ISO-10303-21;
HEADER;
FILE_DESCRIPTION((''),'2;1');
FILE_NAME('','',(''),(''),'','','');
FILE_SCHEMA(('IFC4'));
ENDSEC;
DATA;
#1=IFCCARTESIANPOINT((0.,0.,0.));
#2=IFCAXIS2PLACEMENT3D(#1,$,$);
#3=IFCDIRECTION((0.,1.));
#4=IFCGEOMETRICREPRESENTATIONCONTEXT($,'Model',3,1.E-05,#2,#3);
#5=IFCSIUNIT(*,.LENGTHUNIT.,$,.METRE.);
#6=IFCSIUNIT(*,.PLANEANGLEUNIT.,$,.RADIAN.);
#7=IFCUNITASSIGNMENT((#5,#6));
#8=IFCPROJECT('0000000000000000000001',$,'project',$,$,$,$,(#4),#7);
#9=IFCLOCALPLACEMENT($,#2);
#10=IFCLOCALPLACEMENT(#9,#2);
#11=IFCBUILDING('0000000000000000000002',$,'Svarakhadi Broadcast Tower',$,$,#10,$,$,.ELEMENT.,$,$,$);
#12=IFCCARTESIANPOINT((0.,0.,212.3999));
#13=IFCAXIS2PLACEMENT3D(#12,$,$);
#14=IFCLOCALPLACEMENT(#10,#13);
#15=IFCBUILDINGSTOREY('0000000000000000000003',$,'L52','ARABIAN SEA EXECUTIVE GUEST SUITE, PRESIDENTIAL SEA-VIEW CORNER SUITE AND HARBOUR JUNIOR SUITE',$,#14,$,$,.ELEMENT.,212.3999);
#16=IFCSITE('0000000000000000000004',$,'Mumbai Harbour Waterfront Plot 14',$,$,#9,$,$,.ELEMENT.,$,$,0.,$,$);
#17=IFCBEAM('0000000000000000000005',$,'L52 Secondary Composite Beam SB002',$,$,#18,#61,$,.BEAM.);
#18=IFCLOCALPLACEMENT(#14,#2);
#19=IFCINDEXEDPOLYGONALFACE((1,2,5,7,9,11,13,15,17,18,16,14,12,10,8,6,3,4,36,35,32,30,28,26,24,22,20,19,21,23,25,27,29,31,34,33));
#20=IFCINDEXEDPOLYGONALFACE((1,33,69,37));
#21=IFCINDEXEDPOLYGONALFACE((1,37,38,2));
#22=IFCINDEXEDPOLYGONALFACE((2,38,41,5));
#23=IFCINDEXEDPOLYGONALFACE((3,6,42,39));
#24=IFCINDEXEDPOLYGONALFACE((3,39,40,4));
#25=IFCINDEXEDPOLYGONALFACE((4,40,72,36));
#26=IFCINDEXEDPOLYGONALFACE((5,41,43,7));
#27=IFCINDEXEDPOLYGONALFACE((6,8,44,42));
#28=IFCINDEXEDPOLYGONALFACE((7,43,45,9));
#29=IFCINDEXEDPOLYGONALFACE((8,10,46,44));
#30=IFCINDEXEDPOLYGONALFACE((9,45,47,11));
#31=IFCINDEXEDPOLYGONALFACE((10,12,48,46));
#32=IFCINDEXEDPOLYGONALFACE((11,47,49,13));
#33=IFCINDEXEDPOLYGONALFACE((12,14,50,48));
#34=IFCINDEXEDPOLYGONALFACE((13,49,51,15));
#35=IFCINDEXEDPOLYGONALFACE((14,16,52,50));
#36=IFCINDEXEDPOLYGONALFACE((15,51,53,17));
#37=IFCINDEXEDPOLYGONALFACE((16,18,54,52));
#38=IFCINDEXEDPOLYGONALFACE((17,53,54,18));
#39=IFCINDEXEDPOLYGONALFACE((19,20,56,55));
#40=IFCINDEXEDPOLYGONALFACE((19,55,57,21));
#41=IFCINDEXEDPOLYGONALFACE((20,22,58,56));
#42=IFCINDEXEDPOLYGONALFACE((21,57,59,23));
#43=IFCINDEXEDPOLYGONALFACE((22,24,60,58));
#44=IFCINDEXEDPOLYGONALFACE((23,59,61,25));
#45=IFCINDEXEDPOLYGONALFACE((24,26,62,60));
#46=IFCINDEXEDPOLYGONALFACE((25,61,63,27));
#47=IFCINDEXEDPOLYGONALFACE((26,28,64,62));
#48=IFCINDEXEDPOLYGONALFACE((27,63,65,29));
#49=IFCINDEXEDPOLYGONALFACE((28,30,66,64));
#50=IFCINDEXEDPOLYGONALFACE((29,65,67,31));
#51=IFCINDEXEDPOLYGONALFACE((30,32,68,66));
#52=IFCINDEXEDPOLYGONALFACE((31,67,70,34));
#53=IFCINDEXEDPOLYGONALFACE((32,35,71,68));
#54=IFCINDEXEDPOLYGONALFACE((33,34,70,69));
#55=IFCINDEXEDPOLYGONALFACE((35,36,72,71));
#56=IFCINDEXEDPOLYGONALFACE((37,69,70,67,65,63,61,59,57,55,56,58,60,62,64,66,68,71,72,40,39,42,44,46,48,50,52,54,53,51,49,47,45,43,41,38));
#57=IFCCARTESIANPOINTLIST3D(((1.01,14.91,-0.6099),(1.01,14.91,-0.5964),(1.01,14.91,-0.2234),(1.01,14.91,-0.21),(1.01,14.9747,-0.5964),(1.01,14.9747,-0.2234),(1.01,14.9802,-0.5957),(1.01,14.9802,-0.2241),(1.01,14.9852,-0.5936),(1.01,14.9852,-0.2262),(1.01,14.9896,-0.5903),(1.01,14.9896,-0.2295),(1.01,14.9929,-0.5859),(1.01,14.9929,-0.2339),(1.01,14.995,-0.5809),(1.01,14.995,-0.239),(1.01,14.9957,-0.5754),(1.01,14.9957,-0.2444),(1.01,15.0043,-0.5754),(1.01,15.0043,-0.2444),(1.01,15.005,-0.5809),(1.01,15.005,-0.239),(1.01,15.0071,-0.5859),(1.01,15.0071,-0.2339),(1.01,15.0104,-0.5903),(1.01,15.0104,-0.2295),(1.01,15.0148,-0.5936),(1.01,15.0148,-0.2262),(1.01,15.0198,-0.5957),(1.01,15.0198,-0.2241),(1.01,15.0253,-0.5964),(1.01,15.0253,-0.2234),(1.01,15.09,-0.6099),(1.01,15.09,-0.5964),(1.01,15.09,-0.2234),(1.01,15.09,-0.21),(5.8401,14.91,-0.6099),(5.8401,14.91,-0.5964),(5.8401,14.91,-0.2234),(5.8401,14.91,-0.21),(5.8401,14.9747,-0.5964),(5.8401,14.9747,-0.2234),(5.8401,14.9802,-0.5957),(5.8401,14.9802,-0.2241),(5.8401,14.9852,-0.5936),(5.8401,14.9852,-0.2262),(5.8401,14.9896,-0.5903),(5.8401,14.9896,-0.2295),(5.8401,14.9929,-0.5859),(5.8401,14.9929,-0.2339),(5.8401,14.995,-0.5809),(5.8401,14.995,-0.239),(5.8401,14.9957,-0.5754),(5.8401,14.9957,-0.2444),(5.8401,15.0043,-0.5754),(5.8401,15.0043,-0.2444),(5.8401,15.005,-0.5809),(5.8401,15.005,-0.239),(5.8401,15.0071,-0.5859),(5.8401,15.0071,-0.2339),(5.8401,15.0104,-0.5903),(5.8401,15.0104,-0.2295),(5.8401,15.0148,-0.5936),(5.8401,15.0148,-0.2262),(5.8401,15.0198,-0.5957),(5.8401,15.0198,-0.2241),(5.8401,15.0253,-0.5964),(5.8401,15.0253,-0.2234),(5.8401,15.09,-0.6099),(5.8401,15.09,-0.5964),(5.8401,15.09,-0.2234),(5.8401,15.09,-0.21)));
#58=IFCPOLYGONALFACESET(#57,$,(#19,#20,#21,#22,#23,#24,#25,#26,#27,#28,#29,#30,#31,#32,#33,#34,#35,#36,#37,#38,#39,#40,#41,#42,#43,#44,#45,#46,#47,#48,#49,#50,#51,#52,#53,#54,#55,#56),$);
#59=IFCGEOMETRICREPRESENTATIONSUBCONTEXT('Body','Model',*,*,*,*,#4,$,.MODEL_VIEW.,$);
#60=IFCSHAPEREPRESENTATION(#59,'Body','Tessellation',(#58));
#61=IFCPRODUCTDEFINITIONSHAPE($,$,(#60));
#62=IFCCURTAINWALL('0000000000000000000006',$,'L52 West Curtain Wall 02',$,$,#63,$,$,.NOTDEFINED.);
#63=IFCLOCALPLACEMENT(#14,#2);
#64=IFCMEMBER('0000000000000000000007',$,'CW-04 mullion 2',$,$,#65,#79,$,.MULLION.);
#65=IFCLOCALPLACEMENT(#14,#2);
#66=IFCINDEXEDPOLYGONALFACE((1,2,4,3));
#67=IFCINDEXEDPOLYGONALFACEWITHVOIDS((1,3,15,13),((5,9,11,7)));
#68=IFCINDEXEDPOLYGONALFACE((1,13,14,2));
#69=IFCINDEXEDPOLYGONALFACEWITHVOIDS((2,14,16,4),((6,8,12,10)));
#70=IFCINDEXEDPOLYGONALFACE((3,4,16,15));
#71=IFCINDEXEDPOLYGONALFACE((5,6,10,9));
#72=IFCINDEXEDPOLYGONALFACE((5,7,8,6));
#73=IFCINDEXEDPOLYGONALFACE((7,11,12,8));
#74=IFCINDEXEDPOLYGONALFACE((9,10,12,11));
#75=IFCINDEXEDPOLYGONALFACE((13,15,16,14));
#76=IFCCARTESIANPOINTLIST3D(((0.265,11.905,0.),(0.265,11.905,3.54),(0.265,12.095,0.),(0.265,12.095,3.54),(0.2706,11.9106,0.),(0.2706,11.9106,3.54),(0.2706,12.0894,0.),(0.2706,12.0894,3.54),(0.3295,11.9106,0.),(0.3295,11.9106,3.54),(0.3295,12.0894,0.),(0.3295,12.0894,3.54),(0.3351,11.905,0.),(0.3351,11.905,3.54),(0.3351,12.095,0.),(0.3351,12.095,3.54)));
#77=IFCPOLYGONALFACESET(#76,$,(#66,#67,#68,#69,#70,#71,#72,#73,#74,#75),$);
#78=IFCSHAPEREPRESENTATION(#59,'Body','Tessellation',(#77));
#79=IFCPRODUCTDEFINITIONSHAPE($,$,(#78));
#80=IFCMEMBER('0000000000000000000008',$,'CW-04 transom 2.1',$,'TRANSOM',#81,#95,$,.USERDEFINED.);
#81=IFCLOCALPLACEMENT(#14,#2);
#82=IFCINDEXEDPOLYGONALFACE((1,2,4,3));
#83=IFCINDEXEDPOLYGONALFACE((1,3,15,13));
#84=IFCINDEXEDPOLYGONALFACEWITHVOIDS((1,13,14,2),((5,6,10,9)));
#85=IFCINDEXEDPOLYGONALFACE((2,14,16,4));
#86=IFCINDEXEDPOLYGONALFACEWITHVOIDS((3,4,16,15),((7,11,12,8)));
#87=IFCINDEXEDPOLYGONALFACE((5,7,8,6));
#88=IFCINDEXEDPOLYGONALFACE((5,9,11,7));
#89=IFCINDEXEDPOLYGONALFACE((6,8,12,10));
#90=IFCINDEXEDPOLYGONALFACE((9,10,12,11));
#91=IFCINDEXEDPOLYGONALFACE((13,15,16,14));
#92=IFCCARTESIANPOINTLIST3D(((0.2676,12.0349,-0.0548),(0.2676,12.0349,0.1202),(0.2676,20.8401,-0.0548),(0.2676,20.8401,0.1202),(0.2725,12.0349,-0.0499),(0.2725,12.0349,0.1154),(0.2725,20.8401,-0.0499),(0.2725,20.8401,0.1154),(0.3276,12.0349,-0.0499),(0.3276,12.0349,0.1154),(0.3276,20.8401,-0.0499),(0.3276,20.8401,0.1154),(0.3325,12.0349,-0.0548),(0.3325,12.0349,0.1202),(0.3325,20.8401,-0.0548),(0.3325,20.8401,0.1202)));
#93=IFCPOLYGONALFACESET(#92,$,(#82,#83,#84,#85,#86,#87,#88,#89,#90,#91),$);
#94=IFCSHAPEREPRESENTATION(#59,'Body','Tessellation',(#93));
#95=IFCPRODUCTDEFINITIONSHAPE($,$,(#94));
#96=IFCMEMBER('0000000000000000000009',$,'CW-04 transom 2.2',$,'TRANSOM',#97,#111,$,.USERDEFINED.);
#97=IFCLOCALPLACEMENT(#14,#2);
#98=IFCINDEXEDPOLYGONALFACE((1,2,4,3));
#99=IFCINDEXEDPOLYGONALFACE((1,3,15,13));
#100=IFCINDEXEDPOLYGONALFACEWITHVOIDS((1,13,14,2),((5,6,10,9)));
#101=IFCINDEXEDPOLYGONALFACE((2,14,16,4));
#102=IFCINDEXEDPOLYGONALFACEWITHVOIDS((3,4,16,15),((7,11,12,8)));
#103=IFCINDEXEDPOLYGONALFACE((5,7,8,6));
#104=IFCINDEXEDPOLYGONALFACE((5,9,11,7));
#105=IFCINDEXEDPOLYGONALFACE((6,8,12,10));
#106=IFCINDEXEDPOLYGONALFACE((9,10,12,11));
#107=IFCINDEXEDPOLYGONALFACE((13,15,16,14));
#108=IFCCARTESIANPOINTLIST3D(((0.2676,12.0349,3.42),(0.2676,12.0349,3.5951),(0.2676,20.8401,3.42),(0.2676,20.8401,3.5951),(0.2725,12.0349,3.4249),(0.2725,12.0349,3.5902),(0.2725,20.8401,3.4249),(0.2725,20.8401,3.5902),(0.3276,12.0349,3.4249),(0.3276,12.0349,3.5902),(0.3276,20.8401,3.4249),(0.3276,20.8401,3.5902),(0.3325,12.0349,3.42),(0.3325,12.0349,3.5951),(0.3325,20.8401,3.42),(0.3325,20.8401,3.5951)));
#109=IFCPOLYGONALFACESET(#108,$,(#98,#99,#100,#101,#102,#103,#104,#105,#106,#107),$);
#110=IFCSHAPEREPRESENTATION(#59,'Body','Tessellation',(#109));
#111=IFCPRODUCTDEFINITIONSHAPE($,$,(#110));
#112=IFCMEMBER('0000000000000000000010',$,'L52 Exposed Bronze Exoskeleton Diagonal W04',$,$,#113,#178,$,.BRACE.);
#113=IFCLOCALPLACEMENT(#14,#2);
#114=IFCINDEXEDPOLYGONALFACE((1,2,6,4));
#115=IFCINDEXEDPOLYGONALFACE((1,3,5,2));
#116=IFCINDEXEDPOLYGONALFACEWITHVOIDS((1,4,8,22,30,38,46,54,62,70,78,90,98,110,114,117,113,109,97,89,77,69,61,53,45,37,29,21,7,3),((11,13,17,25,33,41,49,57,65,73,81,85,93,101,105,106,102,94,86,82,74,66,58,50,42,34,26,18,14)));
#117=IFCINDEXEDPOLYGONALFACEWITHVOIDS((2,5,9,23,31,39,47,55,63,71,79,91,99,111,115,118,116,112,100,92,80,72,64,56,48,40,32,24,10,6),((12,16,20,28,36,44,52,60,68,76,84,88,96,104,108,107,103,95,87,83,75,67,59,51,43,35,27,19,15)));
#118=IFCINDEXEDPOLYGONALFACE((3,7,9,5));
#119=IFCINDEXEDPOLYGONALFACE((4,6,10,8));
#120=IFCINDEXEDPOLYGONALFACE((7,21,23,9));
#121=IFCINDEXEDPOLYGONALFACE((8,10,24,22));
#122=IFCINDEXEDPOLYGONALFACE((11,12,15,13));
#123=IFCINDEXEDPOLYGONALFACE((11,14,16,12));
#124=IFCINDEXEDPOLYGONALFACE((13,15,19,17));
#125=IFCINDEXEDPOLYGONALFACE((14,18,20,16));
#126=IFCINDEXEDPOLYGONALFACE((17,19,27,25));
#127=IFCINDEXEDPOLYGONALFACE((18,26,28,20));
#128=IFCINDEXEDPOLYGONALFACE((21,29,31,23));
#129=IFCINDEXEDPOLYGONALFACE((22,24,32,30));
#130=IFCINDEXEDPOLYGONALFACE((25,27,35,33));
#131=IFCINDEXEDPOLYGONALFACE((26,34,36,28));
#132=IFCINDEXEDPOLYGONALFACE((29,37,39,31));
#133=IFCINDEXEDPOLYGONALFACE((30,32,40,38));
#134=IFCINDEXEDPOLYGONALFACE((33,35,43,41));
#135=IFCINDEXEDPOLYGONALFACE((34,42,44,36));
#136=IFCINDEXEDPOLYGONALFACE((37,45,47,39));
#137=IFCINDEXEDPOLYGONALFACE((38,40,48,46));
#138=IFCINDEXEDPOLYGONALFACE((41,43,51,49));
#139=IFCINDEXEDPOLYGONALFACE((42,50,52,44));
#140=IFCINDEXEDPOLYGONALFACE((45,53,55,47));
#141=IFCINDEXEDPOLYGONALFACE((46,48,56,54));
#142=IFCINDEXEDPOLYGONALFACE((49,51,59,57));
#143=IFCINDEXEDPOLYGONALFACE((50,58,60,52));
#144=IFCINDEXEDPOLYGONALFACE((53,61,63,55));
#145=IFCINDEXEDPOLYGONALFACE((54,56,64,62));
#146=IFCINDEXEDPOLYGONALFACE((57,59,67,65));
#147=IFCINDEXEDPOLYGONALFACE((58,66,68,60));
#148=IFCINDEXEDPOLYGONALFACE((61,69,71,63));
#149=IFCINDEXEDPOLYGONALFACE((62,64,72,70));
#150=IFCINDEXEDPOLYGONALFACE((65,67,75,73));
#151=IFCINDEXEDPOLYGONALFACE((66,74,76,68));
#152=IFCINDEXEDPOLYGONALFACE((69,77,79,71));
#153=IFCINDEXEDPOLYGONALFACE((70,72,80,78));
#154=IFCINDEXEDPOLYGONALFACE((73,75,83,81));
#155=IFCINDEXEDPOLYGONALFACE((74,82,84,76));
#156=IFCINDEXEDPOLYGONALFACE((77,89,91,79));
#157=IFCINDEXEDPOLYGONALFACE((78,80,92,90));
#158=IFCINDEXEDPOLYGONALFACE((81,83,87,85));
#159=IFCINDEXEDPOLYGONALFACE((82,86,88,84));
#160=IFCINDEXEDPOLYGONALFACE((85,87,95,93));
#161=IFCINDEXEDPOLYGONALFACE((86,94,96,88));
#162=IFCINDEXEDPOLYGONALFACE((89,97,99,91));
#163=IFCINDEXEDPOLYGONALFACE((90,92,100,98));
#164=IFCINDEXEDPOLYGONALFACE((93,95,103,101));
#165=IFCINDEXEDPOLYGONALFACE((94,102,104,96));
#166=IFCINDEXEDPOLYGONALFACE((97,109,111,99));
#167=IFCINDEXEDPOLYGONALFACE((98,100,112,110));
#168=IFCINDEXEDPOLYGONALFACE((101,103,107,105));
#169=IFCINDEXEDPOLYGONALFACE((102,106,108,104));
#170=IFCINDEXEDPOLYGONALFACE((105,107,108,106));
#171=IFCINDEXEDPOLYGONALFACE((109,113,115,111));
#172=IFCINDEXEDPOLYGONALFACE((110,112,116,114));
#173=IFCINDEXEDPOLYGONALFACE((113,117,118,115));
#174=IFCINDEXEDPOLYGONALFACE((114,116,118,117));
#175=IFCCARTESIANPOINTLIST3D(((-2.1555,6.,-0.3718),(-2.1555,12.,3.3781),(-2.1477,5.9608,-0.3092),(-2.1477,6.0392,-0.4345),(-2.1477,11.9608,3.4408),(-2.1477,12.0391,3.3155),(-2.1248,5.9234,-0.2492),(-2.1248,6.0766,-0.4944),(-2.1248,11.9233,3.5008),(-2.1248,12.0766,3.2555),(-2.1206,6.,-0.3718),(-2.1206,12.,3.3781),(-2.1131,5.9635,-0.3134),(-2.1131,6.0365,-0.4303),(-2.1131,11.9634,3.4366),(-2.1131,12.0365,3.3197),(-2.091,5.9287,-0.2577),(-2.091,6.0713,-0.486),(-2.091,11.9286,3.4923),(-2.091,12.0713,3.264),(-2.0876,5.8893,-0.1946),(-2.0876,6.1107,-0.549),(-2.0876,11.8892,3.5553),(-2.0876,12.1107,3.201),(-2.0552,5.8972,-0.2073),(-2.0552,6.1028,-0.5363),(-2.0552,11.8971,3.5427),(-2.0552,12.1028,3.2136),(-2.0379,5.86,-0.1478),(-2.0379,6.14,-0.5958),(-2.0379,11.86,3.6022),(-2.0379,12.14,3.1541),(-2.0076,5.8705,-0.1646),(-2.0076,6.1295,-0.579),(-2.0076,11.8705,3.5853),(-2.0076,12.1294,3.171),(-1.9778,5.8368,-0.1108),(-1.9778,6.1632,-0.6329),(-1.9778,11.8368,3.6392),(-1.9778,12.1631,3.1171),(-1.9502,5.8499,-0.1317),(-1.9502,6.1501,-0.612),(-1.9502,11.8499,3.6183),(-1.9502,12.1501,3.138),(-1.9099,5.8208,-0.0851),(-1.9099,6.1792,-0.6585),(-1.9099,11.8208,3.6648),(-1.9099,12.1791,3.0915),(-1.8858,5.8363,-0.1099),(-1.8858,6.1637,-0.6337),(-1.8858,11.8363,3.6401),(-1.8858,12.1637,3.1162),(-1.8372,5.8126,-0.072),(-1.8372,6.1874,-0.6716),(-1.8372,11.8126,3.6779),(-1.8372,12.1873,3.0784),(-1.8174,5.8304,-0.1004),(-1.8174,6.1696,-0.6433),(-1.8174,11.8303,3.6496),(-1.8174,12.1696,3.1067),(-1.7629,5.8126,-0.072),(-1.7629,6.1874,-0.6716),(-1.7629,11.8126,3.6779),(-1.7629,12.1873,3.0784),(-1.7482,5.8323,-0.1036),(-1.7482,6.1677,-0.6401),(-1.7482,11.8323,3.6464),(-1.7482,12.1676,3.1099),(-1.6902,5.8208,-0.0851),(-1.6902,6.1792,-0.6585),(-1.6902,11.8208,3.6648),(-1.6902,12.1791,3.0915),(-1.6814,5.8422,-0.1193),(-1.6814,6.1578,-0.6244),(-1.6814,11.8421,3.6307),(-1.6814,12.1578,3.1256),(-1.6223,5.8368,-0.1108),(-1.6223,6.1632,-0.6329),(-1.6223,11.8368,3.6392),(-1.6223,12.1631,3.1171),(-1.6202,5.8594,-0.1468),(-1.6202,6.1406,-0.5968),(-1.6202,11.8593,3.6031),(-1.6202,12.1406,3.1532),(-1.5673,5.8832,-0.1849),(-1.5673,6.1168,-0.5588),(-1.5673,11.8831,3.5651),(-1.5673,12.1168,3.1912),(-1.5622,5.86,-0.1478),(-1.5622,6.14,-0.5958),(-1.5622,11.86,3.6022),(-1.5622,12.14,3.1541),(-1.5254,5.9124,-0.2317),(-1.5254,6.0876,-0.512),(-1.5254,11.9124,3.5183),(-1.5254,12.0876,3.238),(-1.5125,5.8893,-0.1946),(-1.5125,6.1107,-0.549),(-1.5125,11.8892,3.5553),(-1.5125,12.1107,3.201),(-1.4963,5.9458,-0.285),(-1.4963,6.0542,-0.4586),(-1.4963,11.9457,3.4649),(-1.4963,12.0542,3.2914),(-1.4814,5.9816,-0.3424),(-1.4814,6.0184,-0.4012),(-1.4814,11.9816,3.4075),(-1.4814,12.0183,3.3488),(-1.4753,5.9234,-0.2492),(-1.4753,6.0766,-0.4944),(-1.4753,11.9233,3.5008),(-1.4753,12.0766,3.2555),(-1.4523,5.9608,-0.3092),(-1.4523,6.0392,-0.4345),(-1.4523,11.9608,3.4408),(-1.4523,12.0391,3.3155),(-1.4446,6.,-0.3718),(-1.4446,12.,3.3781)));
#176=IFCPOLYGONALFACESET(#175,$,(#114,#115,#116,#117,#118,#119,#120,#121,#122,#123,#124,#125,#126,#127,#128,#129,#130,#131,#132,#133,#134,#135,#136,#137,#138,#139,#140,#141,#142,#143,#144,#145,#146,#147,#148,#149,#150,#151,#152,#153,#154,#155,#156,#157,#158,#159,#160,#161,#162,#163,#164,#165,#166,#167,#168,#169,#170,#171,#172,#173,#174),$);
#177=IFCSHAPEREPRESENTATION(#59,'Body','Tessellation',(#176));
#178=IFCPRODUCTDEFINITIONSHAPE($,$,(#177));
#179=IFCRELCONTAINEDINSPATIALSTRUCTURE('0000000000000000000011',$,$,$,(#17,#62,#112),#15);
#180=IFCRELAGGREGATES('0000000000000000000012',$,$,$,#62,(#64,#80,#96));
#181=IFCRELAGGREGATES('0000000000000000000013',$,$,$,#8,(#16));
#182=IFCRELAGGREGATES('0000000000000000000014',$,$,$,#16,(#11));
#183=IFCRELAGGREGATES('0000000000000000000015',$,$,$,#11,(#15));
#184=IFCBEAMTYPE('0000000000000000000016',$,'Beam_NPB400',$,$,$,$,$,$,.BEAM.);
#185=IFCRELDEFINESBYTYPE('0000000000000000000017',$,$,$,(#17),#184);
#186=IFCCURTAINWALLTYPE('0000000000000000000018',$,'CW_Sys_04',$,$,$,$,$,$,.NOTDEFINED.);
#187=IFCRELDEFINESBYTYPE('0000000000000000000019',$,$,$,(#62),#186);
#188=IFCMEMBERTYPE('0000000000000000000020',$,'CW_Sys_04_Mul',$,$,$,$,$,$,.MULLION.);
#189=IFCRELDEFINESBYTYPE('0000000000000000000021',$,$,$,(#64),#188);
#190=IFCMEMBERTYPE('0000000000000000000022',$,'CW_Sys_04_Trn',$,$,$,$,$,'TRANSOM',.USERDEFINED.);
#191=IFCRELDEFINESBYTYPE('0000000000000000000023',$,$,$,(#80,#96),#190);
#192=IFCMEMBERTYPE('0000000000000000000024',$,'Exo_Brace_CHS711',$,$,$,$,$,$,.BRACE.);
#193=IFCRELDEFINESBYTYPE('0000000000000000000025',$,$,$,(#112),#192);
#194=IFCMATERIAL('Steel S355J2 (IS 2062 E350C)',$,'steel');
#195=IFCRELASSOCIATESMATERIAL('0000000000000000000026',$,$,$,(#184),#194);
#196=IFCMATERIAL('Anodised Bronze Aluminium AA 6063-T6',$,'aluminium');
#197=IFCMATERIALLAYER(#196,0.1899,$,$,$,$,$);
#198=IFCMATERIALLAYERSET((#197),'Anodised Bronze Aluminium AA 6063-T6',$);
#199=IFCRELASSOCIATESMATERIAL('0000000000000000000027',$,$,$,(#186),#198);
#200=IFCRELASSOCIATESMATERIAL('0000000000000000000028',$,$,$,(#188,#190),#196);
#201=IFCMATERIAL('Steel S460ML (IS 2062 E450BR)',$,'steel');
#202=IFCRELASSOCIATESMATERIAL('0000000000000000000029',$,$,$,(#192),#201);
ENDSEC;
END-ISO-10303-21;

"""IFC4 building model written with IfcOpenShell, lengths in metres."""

from ifc_helpers import new_model, si_unit, direction, frame, origin, origin_2d, place, context, subcontext, project, spatial, hollow_rectangle, hollow_circle, i_section, extrude, material, layer, layer_set, material_profile, profile_set, type_object, element, aggregate, save


model = new_model("IFC4")

# Units and contexts
model_context = context("Model", 3, precision=1e-05, world=origin(), true_north=direction((0.0, 1.0)))
body_context = subcontext(model_context, "Body", "Model", "MODEL_VIEW")
ifc_project = project(units=[si_unit("LENGTHUNIT", "METRE"), si_unit("PLANEANGLEUNIT", "RADIAN")], contexts=[model_context])

# Site, building, storey
site_placement = place(None, origin())
site = spatial("IfcSite", under=ifc_project, at=site_placement, Name="Mumbai Harbour Waterfront Plot 14", CompositionType="ELEMENT", RefElevation=0.0)
building_placement = place(site_placement, origin())
building = spatial("IfcBuilding", under=site, at=building_placement, Name="Svarakhadi Broadcast Tower", CompositionType="ELEMENT")
storey_placement = place(building_placement, frame((0.0, 0.0, 212.3999)))
storey = spatial("IfcBuildingStorey", under=building, at=storey_placement, Name="L52", Description="ARABIAN SEA EXECUTIVE GUEST SUITE, PRESIDENTIAL SEA-VIEW CORNER SUITE AND HARBOUR JUNIOR SUITE", CompositionType="ELEMENT", Elevation=212.3999)

# Shared definitions
ifc_material_1 = material(Name="Steel S460ML (IS 2062 E450BR)", Category="steel")

# Beam
ifc_material_2 = material(Name="Steel S355J2 (IS 2062 E350C)", Category="steel")
ifc_material_profile_1 = material_profile(ifc_material_2, i_section(OverallWidth=0.1799, OverallDepth=0.3999, WebThickness=0.0085, FlangeThickness=0.0134, FilletRadius=0.021, at=origin_2d()), Name="NPB 400x180x66")
ifc_profile_set_1 = profile_set([ifc_material_profile_1], Name="Steel S355J2 (IS 2062 E350C)")
beam_type_1 = type_object("IfcBeamType", Name="Beam_NPB400", PredefinedType="BEAM", material=ifc_profile_set_1)
for number, where, z_axis, x_axis, name in (
    (1, (1.01, 15.0, -0.4099), (1.0, 0.0, 0.0), (0.0, 1.0, 0.0), "L52 Secondary Composite Beam SB002"),
):
    element("IfcBeam", number, at=place(storey_placement, frame(where, z_axis=z_axis, x_axis=x_axis)), inside=storey, type_object=beam_type_1, Name=name, PredefinedType="BEAM", context=body_context, shape_type="SweptSolid", body=[
        extrude(i_section(OverallWidth=0.1799, OverallDepth=0.3999, WebThickness=0.0085, FlangeThickness=0.0134, FilletRadius=0.021, at=origin_2d()), origin(), (0.0, 0.0, 1.0), 4.8301),
    ])

# Curtain wall, members
ifc_material_3 = material(Name="Anodised Bronze Aluminium AA 6063-T6", Category="aluminium")
ifc_layer_1 = layer(ifc_material_3, 0.1899)
ifc_layer_set_1 = layer_set([ifc_layer_1], Name="Anodised Bronze Aluminium AA 6063-T6")
curtain_wall_type = type_object("IfcCurtainWallType", Name="CW_Sys_04", PredefinedType="NOTDEFINED", material=ifc_layer_set_1)
curtain_wall_placement = place(storey_placement, origin())
curtain_wall = element("IfcCurtainWall", 2, at=curtain_wall_placement, inside=storey, type_object=curtain_wall_type, Name="L52 West Curtain Wall 02", PredefinedType="NOTDEFINED")
ifc_material_profile_2 = material_profile(ifc_material_3, hollow_rectangle(XDim=0.0701, YDim=0.1899, WallThickness=0.0056, at=origin_2d()), Name="ALU MULLION 190x70x6")
ifc_profile_set_2 = profile_set([ifc_material_profile_2], Name="Anodised Bronze Aluminium AA 6063-T6")
member_type_1 = type_object("IfcMemberType", Name="CW_Sys_04_Mul", PredefinedType="MULLION", material=ifc_profile_set_2)
member_1_placement = place(storey_placement, frame((0.3, 12.0, 0.0), z_axis=(0.0, 0.0, 1.0), x_axis=(-1.0, 0.0, 0.0)))
member_1 = element("IfcMember", 3, at=member_1_placement, type_object=member_type_1, Name="CW-04 mullion 2", PredefinedType="MULLION", context=body_context, shape_type="SweptSolid", body=[
    extrude(hollow_rectangle(XDim=0.0701, YDim=0.1899, WallThickness=0.0056, at=origin_2d()), origin(), (0.0, 0.0, 1.0), 3.54),
])
ifc_material_profile_3 = material_profile(ifc_material_3, hollow_rectangle(XDim=0.0649, YDim=0.175, WallThickness=0.0049, at=origin_2d()), Name="ALU TRANSOM 175x65x5")
ifc_profile_set_3 = profile_set([ifc_material_profile_3], Name="Anodised Bronze Aluminium AA 6063-T6")
member_type_2 = type_object("IfcMemberType", Name="CW_Sys_04_Trn", ElementType="TRANSOM", PredefinedType="USERDEFINED", material=ifc_profile_set_3)
member_2_placement = place(storey_placement, frame((0.3, 12.0349, 0.0327), z_axis=(0.0, 1.0, 0.0), x_axis=(-1.0, 0.0, 0.0)))
member_2 = element("IfcMember", 4, at=member_2_placement, type_object=member_type_2, Name="CW-04 transom 2.1", ObjectType="TRANSOM", PredefinedType="USERDEFINED", context=body_context, shape_type="SweptSolid", body=[
    extrude(hollow_rectangle(XDim=0.0649, YDim=0.175, WallThickness=0.0049, at=origin_2d()), origin(), (0.0, 0.0, 1.0), 8.8052),
])
member_3_placement = place(storey_placement, frame((0.3, 12.0349, 3.5076), z_axis=(0.0, 1.0, 0.0), x_axis=(-1.0, 0.0, 0.0)))
member_3 = element("IfcMember", 5, at=member_3_placement, type_object=member_type_2, Name="CW-04 transom 2.2", ObjectType="TRANSOM", PredefinedType="USERDEFINED", context=body_context, shape_type="SweptSolid", body=[
    extrude(hollow_rectangle(XDim=0.0649, YDim=0.175, WallThickness=0.0049, at=origin_2d()), origin(), (0.0, 0.0, 1.0), 8.8052),
])

# Member
ifc_material_profile_4 = material_profile(ifc_material_1, hollow_circle(Radius=0.3555, WallThickness=0.0349, at=origin_2d()), Name="CHS 711x35")
ifc_profile_set_4 = profile_set([ifc_material_profile_4], Name="Steel S460ML (IS 2062 E450BR)")
member_type_3 = type_object("IfcMemberType", Name="Exo_Brace_CHS711", PredefinedType="BRACE", material=ifc_profile_set_4)
for number, where, z_axis, x_axis, name in (
    (6, (-1.8, 6.0, -0.3718), (0.0, 0.847998, 0.529999), (-1.0, 0.0, 0.0), "L52 Exposed Bronze Exoskeleton Diagonal W04"),
):
    element("IfcMember", number, at=place(storey_placement, frame(where, z_axis=z_axis, x_axis=x_axis)), inside=storey, type_object=member_type_3, Name=name, PredefinedType="BRACE", context=body_context, shape_type="SweptSolid", body=[
        extrude(hollow_circle(Radius=0.3555, WallThickness=0.0349, at=origin_2d()), origin(), (0.0, 0.0, 1.0), 7.0754),
    ])

aggregate(curtain_wall, [member_1, member_2, member_3])

save(model, "model.ifc")
